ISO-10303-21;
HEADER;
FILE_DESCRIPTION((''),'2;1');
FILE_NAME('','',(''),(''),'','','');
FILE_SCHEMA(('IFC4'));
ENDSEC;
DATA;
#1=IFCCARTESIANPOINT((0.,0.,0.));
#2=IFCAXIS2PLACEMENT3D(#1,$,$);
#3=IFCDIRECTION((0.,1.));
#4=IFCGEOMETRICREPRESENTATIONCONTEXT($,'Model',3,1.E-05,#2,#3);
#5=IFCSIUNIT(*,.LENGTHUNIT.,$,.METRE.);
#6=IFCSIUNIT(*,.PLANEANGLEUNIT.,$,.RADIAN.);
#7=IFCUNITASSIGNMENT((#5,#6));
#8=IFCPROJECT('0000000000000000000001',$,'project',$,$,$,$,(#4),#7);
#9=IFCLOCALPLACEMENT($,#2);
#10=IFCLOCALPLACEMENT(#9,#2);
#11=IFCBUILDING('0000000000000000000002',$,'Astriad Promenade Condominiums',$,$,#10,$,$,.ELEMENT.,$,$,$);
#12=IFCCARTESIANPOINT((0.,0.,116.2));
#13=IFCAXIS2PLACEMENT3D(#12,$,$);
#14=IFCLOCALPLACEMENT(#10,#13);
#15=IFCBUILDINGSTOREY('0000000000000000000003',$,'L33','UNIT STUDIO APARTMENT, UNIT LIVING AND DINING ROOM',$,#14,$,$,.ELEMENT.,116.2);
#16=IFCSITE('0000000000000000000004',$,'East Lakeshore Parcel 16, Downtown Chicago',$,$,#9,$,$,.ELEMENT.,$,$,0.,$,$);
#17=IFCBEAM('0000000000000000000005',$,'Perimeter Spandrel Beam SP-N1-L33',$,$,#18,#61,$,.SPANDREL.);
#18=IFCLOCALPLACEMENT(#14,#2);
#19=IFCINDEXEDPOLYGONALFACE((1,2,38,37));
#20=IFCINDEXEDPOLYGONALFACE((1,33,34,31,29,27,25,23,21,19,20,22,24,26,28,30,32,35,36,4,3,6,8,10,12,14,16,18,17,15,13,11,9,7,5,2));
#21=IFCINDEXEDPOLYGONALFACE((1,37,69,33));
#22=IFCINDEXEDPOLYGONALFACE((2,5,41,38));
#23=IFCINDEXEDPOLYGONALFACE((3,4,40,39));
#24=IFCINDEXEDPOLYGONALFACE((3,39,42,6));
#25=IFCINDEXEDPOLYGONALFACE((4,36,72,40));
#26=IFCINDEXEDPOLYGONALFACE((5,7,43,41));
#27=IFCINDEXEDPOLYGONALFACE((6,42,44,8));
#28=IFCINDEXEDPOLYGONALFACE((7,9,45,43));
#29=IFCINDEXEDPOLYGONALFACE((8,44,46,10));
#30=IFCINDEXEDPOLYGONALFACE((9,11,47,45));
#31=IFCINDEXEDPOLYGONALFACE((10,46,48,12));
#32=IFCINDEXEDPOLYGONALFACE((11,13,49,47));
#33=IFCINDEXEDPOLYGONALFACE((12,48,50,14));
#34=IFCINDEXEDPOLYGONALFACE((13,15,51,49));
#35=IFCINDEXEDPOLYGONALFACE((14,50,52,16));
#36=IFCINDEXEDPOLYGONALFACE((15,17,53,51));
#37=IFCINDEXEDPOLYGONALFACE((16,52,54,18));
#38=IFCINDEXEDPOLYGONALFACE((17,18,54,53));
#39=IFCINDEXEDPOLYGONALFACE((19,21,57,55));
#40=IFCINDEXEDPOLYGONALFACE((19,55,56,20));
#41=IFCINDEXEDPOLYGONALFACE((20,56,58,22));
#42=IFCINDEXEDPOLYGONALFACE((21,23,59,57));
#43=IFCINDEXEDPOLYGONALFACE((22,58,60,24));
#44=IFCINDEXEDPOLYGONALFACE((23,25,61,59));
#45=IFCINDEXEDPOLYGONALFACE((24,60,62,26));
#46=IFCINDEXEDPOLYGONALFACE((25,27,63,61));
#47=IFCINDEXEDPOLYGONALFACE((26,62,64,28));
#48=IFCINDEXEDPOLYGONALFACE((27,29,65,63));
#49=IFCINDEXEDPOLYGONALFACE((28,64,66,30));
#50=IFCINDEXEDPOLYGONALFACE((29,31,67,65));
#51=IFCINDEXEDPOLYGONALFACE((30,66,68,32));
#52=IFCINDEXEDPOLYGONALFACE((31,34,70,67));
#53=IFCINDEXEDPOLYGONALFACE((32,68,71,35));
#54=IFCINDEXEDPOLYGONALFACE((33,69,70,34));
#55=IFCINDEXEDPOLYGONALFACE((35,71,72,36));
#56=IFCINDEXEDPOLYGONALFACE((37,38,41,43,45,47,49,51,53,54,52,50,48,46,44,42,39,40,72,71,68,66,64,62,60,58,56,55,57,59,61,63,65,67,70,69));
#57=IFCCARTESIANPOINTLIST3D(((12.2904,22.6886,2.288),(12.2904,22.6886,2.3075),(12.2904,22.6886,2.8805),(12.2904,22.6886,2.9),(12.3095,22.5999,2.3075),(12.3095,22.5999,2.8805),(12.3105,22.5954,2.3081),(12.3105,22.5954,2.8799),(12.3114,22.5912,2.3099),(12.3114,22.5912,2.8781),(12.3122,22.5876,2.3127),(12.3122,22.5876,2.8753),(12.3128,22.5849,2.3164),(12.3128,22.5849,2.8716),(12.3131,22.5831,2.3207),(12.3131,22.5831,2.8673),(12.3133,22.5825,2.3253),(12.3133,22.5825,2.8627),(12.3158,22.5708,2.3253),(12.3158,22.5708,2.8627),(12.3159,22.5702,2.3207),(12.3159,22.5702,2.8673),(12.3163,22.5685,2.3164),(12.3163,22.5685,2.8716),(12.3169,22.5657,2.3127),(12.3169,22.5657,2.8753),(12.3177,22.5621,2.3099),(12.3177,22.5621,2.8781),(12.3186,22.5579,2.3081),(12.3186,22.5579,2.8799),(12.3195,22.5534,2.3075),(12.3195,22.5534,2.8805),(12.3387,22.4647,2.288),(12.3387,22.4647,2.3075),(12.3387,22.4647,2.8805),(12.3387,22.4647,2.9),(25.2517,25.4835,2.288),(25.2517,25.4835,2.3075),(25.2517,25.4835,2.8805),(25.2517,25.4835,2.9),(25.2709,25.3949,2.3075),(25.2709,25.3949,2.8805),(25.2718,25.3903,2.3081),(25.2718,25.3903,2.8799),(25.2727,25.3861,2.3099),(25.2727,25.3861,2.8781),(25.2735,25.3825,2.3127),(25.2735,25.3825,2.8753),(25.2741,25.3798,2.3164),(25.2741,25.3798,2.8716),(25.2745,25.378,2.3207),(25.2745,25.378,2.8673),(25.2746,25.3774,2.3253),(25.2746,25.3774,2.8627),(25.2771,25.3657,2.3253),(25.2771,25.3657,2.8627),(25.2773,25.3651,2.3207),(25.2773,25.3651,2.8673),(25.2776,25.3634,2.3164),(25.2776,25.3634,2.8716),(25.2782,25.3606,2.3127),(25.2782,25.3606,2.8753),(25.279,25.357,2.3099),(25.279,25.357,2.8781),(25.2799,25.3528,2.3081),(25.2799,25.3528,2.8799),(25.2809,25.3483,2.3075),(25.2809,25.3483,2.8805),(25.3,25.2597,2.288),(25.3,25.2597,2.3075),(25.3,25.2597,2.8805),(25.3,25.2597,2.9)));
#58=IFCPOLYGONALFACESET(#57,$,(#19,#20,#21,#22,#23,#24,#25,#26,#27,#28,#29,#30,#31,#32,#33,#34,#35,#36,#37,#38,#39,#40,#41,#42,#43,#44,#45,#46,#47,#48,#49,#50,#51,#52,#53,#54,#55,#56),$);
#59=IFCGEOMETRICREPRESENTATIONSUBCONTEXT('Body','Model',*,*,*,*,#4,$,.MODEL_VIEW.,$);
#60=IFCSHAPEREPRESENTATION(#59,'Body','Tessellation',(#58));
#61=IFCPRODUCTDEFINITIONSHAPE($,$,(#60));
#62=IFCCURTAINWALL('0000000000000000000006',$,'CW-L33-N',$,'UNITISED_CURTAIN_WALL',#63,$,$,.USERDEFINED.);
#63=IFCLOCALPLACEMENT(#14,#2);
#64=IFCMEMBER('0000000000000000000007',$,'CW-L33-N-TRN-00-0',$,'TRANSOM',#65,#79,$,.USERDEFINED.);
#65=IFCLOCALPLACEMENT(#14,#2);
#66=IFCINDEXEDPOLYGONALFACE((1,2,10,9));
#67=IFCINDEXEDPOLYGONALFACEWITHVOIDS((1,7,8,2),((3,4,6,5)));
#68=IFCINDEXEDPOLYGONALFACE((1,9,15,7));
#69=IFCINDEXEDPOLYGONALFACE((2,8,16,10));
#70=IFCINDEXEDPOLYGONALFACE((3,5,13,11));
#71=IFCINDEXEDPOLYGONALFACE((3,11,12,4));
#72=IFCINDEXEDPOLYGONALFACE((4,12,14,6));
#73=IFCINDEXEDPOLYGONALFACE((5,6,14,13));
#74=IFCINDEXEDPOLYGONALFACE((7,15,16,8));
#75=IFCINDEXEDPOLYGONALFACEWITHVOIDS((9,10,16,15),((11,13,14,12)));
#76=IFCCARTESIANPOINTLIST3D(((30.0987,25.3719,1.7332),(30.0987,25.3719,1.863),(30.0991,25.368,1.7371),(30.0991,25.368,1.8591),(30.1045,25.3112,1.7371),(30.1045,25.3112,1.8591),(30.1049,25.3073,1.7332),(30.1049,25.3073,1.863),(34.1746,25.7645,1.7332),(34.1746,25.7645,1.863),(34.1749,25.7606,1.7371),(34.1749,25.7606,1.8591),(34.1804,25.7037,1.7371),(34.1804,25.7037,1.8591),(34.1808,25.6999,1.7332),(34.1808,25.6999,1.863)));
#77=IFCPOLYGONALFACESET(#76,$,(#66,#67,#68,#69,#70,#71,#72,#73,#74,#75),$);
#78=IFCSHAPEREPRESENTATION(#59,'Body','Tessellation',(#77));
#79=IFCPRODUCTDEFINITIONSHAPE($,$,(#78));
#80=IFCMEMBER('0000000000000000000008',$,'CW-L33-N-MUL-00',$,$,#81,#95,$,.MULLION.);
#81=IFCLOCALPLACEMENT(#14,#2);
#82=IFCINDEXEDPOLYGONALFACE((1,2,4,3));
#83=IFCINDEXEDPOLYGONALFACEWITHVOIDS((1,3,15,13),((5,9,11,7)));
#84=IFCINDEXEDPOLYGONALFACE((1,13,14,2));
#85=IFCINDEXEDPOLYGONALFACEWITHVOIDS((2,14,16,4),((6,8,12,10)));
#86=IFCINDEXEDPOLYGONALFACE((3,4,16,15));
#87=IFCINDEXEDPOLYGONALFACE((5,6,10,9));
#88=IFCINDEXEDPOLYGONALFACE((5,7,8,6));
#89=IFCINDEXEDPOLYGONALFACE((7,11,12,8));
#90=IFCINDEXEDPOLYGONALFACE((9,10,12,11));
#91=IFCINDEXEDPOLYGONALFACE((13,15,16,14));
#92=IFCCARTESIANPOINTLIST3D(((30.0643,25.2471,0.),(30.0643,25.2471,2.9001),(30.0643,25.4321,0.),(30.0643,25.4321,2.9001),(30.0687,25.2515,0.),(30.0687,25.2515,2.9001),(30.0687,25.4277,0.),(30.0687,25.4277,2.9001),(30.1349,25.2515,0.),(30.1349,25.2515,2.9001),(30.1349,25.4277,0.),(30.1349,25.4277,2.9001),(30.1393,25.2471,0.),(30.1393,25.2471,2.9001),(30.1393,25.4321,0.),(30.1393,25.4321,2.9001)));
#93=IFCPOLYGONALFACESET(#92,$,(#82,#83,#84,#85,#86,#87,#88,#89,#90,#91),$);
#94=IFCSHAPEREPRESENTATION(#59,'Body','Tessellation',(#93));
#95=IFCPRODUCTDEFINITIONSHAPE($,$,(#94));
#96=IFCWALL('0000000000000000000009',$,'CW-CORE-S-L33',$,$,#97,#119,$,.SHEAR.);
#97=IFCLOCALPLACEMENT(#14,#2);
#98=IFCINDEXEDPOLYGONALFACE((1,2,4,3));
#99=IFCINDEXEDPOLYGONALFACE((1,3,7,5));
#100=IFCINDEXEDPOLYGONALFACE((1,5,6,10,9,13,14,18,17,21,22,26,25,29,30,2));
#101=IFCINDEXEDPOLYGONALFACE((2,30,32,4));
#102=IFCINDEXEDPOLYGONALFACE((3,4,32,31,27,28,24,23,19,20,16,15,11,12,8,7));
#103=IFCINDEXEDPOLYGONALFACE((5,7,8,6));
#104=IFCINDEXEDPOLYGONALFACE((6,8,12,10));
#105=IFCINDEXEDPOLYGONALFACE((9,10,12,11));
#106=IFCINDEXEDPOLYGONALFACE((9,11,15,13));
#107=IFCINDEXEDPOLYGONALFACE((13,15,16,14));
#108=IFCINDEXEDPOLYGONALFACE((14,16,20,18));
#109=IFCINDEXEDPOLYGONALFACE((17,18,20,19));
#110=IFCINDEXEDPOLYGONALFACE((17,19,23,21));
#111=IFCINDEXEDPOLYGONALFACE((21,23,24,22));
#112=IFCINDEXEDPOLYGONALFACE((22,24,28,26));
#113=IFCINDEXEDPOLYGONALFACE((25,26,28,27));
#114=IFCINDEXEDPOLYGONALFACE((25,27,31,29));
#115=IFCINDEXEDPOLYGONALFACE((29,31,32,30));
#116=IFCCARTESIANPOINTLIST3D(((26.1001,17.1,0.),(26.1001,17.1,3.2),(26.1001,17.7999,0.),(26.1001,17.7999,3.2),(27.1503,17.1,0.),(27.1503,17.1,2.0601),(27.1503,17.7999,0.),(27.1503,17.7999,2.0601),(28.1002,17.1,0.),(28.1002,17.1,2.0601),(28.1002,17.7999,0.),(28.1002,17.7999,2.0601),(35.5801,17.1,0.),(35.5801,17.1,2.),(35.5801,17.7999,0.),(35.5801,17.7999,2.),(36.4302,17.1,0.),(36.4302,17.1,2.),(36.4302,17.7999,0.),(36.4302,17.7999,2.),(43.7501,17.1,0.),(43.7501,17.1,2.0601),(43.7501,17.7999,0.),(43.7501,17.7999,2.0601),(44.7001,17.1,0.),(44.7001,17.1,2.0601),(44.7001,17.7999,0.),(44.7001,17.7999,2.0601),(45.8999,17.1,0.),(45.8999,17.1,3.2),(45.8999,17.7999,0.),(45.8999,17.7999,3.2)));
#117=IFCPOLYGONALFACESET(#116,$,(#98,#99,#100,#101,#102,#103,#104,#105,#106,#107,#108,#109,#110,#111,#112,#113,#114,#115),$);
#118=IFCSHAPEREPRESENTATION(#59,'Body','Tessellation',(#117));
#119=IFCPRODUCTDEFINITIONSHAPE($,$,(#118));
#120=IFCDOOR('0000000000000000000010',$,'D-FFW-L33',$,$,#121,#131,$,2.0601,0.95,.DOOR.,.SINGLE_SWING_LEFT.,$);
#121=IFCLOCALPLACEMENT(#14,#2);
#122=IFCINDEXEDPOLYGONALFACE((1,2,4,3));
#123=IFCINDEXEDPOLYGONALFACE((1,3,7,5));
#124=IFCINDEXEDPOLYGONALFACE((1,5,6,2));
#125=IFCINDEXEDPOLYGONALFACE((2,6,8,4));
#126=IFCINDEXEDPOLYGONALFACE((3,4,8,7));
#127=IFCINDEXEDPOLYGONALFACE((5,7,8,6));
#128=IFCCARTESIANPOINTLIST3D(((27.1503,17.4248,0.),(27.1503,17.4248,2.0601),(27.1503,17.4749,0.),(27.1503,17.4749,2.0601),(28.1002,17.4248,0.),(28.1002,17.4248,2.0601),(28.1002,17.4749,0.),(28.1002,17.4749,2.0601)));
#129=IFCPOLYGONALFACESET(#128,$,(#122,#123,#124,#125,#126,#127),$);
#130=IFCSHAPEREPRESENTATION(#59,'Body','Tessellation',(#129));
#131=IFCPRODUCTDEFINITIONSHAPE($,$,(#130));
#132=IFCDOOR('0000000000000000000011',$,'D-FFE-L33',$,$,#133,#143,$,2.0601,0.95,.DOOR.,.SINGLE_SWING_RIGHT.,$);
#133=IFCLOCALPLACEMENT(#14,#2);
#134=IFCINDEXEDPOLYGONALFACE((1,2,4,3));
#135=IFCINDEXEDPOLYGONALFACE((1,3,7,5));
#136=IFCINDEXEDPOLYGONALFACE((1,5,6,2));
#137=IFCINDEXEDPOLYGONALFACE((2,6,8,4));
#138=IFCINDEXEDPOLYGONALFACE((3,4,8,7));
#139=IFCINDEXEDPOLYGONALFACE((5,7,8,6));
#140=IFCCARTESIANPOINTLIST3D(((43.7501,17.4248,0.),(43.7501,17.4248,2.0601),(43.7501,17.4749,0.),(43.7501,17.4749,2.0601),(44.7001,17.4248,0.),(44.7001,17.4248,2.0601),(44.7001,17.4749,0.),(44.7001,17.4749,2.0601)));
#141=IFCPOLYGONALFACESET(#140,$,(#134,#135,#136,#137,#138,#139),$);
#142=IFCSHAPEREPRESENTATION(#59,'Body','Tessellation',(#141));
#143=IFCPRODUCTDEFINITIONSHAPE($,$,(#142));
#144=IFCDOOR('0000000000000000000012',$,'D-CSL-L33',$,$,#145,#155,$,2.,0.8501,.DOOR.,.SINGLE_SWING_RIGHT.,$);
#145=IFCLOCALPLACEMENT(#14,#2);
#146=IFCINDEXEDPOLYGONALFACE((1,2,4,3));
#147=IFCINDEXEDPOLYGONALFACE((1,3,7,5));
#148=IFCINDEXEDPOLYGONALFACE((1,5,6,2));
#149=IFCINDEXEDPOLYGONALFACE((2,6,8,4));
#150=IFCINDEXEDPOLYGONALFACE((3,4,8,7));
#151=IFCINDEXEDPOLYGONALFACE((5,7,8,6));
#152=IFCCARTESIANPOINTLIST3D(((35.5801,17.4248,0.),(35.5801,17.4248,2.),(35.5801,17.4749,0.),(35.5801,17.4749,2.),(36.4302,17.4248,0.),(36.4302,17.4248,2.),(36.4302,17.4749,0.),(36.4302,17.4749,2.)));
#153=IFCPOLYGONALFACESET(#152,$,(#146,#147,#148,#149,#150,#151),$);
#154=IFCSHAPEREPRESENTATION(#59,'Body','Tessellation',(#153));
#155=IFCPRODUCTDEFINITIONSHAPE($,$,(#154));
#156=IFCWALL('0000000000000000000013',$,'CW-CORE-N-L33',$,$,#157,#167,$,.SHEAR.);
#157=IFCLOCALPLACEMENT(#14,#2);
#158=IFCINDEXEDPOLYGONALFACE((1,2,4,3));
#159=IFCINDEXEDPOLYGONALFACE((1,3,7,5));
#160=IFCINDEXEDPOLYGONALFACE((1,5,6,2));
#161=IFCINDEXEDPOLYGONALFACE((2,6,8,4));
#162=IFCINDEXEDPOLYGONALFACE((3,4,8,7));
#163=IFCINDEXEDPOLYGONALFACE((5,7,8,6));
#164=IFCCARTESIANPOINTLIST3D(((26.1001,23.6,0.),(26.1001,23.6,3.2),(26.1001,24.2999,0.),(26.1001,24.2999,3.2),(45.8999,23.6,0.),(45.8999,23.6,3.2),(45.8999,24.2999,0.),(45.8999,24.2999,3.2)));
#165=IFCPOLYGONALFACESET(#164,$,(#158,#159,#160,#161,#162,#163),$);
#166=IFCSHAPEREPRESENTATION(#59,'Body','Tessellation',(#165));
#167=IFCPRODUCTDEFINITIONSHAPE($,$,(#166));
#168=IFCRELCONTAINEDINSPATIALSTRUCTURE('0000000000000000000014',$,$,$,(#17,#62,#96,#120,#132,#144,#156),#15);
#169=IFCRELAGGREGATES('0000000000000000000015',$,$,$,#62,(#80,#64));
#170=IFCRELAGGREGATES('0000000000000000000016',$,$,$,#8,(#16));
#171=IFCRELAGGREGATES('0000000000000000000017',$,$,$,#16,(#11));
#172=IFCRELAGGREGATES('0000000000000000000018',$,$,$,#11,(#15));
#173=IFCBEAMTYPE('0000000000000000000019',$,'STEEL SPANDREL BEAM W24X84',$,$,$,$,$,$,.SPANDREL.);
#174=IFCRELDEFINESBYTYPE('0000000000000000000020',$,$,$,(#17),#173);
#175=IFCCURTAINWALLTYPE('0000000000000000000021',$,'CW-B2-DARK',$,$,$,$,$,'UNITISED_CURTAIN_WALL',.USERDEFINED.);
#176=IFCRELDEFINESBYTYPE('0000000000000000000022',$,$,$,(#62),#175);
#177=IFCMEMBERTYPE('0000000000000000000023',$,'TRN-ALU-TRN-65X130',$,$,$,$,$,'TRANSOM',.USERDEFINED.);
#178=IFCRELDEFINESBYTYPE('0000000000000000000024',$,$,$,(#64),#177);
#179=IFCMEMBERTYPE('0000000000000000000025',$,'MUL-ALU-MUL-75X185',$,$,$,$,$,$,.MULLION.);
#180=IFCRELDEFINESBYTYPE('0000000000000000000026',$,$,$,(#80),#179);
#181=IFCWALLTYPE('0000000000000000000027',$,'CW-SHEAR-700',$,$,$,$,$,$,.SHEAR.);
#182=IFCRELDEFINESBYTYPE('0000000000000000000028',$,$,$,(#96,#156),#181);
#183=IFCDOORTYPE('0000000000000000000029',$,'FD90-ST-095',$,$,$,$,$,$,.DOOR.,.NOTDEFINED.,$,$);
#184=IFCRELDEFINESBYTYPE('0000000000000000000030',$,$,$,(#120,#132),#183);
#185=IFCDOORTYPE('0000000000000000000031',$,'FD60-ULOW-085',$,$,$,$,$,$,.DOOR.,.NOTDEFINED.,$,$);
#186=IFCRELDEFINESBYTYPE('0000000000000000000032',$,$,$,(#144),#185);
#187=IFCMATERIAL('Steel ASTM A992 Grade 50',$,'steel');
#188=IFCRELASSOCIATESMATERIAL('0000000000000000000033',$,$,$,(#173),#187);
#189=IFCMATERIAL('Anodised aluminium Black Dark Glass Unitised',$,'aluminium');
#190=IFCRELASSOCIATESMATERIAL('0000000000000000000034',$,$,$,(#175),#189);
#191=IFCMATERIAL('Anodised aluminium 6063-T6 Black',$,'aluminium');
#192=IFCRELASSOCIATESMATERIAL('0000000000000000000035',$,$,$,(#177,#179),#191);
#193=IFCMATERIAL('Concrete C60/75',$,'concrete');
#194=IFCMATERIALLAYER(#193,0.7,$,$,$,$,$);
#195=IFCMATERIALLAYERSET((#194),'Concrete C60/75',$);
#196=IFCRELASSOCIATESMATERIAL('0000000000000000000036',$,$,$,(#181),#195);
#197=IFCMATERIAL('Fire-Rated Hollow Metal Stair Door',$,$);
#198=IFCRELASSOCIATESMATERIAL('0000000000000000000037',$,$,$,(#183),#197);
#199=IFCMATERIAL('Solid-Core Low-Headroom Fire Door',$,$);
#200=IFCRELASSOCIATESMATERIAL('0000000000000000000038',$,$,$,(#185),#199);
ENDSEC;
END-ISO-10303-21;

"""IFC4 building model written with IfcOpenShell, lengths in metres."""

from ifc_helpers import new_model, si_unit, direction, frame, frame_2d, origin, origin_2d, place, context, subcontext, project, spatial, rectangle, hollow_rectangle, i_section, extrude, source, transform, mapped, material, layer, layer_set, material_profile, profile_set, type_object, type_shapes, element, fill, aggregate, save


model = new_model("IFC4")

# Units and contexts
model_context = context("Model", 3, precision=1e-05, world=origin(), true_north=direction((0.0, 1.0)))
body_context = subcontext(model_context, "Body", "Model", "MODEL_VIEW")
ifc_project = project(units=[si_unit("LENGTHUNIT", "METRE"), si_unit("PLANEANGLEUNIT", "RADIAN")], contexts=[model_context])

# Site, building, storey
site_placement = place(None, origin())
site = spatial("IfcSite", under=ifc_project, at=site_placement, Name="East Lakeshore Parcel 16, Downtown Chicago", CompositionType="ELEMENT", RefElevation=0.0)
building_placement = place(site_placement, origin())
building = spatial("IfcBuilding", under=site, at=building_placement, Name="Astriad Promenade Condominiums", CompositionType="ELEMENT")
storey_placement = place(building_placement, frame((0.0, 0.0, 116.2)))
storey = spatial("IfcBuildingStorey", under=building, at=storey_placement, Name="L33", Description="UNIT STUDIO APARTMENT, UNIT LIVING AND DINING ROOM", CompositionType="ELEMENT", Elevation=116.2)

# Shared definitions
ifc_material_1 = material(Name="Steel ASTM A992 Grade 50", Category="steel")
ifc_material_2 = material(Name="Concrete C60/75", Category="concrete")

# Beam
ifc_material_profile_1 = material_profile(ifc_material_1, i_section(OverallWidth=0.229, OverallDepth=0.6121, WebThickness=0.012, FlangeThickness=0.0195, FilletRadius=0.0178, at=origin_2d()), Name="W24X84")
ifc_profile_set_1 = profile_set([ifc_material_profile_1], Name="Steel ASTM A992 Grade 50")
beam_type_1 = type_object("IfcBeamType", Name="STEEL SPANDREL BEAM W24X84", PredefinedType="SPANDREL", material=ifc_profile_set_1)
shared_shape_1 = source(origin(), body_context, "Body", "SweptSolid", [
    extrude(i_section(OverallWidth=0.229, OverallDepth=0.6121, WebThickness=0.012, FlangeThickness=0.0195, FilletRadius=0.0178, at=origin_2d()), origin(), (0.0, 0.0, 1.0), 13.2593),
])
type_shapes(beam_type_1, [shared_shape_1])
beam_1_placement = place(storey_placement, frame((25.2759, 25.3716, 2.594), z_axis=(-0.977532, -0.210789, 0.0), x_axis=(0.210789, -0.977532, 0.0)))
element("IfcBeam", 1, at=beam_1_placement, inside=storey, type_object=beam_type_1, Name="Perimeter Spandrel Beam SP-N1-L33", PredefinedType="SPANDREL", context=body_context, shape_type="MappedRepresentation", body=[
    mapped(shared_shape_1, transform((0.0, 0.0, 0.0), scale=1.0)),
])

# Curtain wall, members
ifc_material_3 = material(Name="Anodised aluminium Black Dark Glass Unitised", Category="aluminium")
curtain_wall_type = type_object("IfcCurtainWallType", Name="CW-B2-DARK", ElementType="UNITISED_CURTAIN_WALL", PredefinedType="USERDEFINED", material=ifc_material_3)
curtain_wall_placement = place(storey_placement, origin())
curtain_wall = element("IfcCurtainWall", 2, at=curtain_wall_placement, inside=storey, type_object=curtain_wall_type, Name="CW-L33-N", ObjectType="UNITISED_CURTAIN_WALL", PredefinedType="USERDEFINED")
ifc_material_4 = material(Name="Anodised aluminium 6063-T6 Black", Category="aluminium")
ifc_material_profile_2 = material_profile(ifc_material_4, hollow_rectangle(XDim=0.0649, YDim=0.1299, WallThickness=0.0039, at=origin_2d()), Name="ALU-TRN-65X130")
ifc_profile_set_2 = profile_set([ifc_material_profile_2], Name="Anodised aluminium 6063-T6 Black")
member_type_1 = type_object("IfcMemberType", Name="TRN-ALU-TRN-65X130", ElementType="TRANSOM", PredefinedType="USERDEFINED", material=ifc_profile_set_2)
shared_shape_2 = source(origin(), body_context, "Body", "SweptSolid", [
    extrude(hollow_rectangle(XDim=0.0649, YDim=0.1299, WallThickness=0.0039, at=origin_2d()), origin(), (0.0, 0.0, 1.0), 4.0947),
])
type_shapes(member_type_1, [shared_shape_2])
member_1_placement = place(storey_placement, frame((30.1018, 25.3396, 1.7981), z_axis=(0.995394, 0.095873, 0.0), x_axis=(-0.095873, 0.995394, 0.0)))
member_1 = element("IfcMember", 3, at=member_1_placement, type_object=member_type_1, Name="CW-L33-N-TRN-00-0", ObjectType="TRANSOM", PredefinedType="USERDEFINED", context=body_context, shape_type="MappedRepresentation", body=[
    mapped(shared_shape_2, transform((0.0, 0.0, 0.0), scale=1.0)),
])
ifc_material_profile_3 = material_profile(ifc_material_4, hollow_rectangle(XDim=0.075, YDim=0.1851, WallThickness=0.0044, at=origin_2d()), Name="ALU-MUL-75X185")
ifc_profile_set_3 = profile_set([ifc_material_profile_3], Name="Anodised aluminium 6063-T6 Black")
member_type_2 = type_object("IfcMemberType", Name="MUL-ALU-MUL-75X185", PredefinedType="MULLION", material=ifc_profile_set_3)
shared_shape_3 = source(origin(), body_context, "Body", "SweptSolid", [
    extrude(hollow_rectangle(XDim=0.075, YDim=0.1851, WallThickness=0.0044, at=origin_2d()), origin(), (0.0, 0.0, 1.0), 2.9001),
])
type_shapes(member_type_2, [shared_shape_3])
member_2_placement = place(storey_placement, frame((30.1018, 25.3396, 0.0), z_axis=(0.0, 0.0, 1.0), x_axis=(1.0, 0.0, 0.0)))
member_2 = element("IfcMember", 4, at=member_2_placement, type_object=member_type_2, Name="CW-L33-N-MUL-00", PredefinedType="MULLION", context=body_context, shape_type="MappedRepresentation", body=[
    mapped(shared_shape_3, transform((0.0, 0.0, 0.0), scale=1.0)),
])
aggregate(curtain_wall, [member_2, member_1])

# Wall, openings, doors
ifc_layer_1 = layer(ifc_material_2, 0.7)
ifc_layer_set_1 = layer_set([ifc_layer_1], Name="Concrete C60/75")
wall_type_1 = type_object("IfcWallType", Name="CW-SHEAR-700", PredefinedType="SHEAR", material=ifc_layer_set_1)
wall_1_placement = place(storey_placement, frame((26.1001, 17.45, 0.0), z_axis=(0.0, 0.0, 1.0), x_axis=(1.0, 0.0, 0.0)))
wall_1 = element("IfcWall", 5, at=wall_1_placement, inside=storey, type_object=wall_type_1, Name="CW-CORE-S-L33", PredefinedType="SHEAR", context=body_context, shape_type="SweptSolid", body=[
    extrude(rectangle(XDim=19.7998, YDim=0.7, at=frame_2d((9.8999, 0.0))), origin(), (0.0, 0.0, 1.0), 3.2),
])
opening_1_placement = place(wall_1_placement, frame((1.05, 0.0, 0.0)))
opening_1 = element("IfcOpeningElement", 6, at=opening_1_placement, cuts=wall_1, PredefinedType="OPENING", context=body_context, shape_type="SweptSolid", body=[
    extrude(rectangle(XDim=0.95, YDim=2.0601, at=frame_2d((0.4751, 1.03))), frame((0.0, 0.3599, 0.0), z_axis=(0.0, -1.0, 0.0), x_axis=(1.0, 0.0, 0.0)), (0.0, 0.0, 1.0), 0.72),
])
opening_2_placement = place(wall_1_placement, frame((9.48, 0.0, 0.0)))
opening_2 = element("IfcOpeningElement", 7, at=opening_2_placement, cuts=wall_1, PredefinedType="OPENING", context=body_context, shape_type="SweptSolid", body=[
    extrude(rectangle(XDim=0.8501, YDim=2.0, at=frame_2d((0.425, 1.0))), frame((0.0, 0.3599, 0.0), z_axis=(0.0, -1.0, 0.0), x_axis=(1.0, 0.0, 0.0)), (0.0, 0.0, 1.0), 0.72),
])
opening_3_placement = place(wall_1_placement, frame((17.6499, 0.0, 0.0)))
opening_3 = element("IfcOpeningElement", 8, at=opening_3_placement, cuts=wall_1, PredefinedType="OPENING", context=body_context, shape_type="SweptSolid", body=[
    extrude(rectangle(XDim=0.95, YDim=2.0601, at=frame_2d((0.4751, 1.03))), frame((0.0, 0.3599, 0.0), z_axis=(0.0, -1.0, 0.0), x_axis=(1.0, 0.0, 0.0)), (0.0, 0.0, 1.0), 0.72),
])
ifc_material_5 = material(Name="Fire-Rated Hollow Metal Stair Door")
door_type_1 = type_object("IfcDoorType", Name="FD90-ST-095", OperationType="NOTDEFINED", PredefinedType="DOOR", material=ifc_material_5)
shared_shape_4 = source(origin(), body_context, "Body", "SweptSolid", [
    extrude(rectangle(XDim=0.95, YDim=2.0601, at=frame_2d((0.4751, 1.03))), frame((0.0, 0.0249, 0.0), z_axis=(0.0, -1.0, 0.0), x_axis=(1.0, 0.0, 0.0)), (0.0, 0.0, 1.0), 0.05),
])
type_shapes(door_type_1, [shared_shape_4])
door_1_placement = place(opening_1_placement, origin())
door_1 = element("IfcDoor", 9, at=door_1_placement, inside=storey, type_object=door_type_1, Name="D-FFW-L33", OperationType="SINGLE_SWING_LEFT", OverallHeight=2.0601, OverallWidth=0.95, PredefinedType="DOOR", context=body_context, shape_type="MappedRepresentation", body=[
    mapped(shared_shape_4, transform((0.0, 0.0, 0.0), scale=1.0)),
])
fill(opening_1, door_1)
door_2_placement = place(opening_3_placement, origin())
door_2 = element("IfcDoor", 10, at=door_2_placement, inside=storey, type_object=door_type_1, Name="D-FFE-L33", OperationType="SINGLE_SWING_RIGHT", OverallHeight=2.0601, OverallWidth=0.95, PredefinedType="DOOR", context=body_context, shape_type="MappedRepresentation", body=[
    mapped(shared_shape_4, transform((0.0, 0.0, 0.0), scale=1.0)),
])
fill(opening_3, door_2)
ifc_material_6 = material(Name="Solid-Core Low-Headroom Fire Door")
door_type_2 = type_object("IfcDoorType", Name="FD60-ULOW-085", OperationType="NOTDEFINED", PredefinedType="DOOR", material=ifc_material_6)
shared_shape_5 = source(origin(), body_context, "Body", "SweptSolid", [
    extrude(rectangle(XDim=0.8501, YDim=2.0, at=frame_2d((0.425, 1.0))), frame((0.0, 0.0249, 0.0), z_axis=(0.0, -1.0, 0.0), x_axis=(1.0, 0.0, 0.0)), (0.0, 0.0, 1.0), 0.05),
])
type_shapes(door_type_2, [shared_shape_5])
door_3_placement = place(opening_2_placement, origin())
door_3 = element("IfcDoor", 11, at=door_3_placement, inside=storey, type_object=door_type_2, Name="D-CSL-L33", OperationType="SINGLE_SWING_RIGHT", OverallHeight=2.0, OverallWidth=0.8501, PredefinedType="DOOR", context=body_context, shape_type="MappedRepresentation", body=[
    mapped(shared_shape_5, transform((0.0, 0.0, 0.0), scale=1.0)),
])
fill(opening_2, door_3)

# Wall
wall_2_placement = place(storey_placement, frame((26.1001, 23.95, 0.0), z_axis=(0.0, 0.0, 1.0), x_axis=(1.0, 0.0, 0.0)))
element("IfcWall", 12, at=wall_2_placement, inside=storey, type_object=wall_type_1, Name="CW-CORE-N-L33", PredefinedType="SHEAR", context=body_context, shape_type="SweptSolid", body=[
    extrude(rectangle(XDim=19.7998, YDim=0.7, at=frame_2d((9.8999, 0.0))), origin(), (0.0, 0.0, 1.0), 3.2),
])

save(model, "model.ifc")
